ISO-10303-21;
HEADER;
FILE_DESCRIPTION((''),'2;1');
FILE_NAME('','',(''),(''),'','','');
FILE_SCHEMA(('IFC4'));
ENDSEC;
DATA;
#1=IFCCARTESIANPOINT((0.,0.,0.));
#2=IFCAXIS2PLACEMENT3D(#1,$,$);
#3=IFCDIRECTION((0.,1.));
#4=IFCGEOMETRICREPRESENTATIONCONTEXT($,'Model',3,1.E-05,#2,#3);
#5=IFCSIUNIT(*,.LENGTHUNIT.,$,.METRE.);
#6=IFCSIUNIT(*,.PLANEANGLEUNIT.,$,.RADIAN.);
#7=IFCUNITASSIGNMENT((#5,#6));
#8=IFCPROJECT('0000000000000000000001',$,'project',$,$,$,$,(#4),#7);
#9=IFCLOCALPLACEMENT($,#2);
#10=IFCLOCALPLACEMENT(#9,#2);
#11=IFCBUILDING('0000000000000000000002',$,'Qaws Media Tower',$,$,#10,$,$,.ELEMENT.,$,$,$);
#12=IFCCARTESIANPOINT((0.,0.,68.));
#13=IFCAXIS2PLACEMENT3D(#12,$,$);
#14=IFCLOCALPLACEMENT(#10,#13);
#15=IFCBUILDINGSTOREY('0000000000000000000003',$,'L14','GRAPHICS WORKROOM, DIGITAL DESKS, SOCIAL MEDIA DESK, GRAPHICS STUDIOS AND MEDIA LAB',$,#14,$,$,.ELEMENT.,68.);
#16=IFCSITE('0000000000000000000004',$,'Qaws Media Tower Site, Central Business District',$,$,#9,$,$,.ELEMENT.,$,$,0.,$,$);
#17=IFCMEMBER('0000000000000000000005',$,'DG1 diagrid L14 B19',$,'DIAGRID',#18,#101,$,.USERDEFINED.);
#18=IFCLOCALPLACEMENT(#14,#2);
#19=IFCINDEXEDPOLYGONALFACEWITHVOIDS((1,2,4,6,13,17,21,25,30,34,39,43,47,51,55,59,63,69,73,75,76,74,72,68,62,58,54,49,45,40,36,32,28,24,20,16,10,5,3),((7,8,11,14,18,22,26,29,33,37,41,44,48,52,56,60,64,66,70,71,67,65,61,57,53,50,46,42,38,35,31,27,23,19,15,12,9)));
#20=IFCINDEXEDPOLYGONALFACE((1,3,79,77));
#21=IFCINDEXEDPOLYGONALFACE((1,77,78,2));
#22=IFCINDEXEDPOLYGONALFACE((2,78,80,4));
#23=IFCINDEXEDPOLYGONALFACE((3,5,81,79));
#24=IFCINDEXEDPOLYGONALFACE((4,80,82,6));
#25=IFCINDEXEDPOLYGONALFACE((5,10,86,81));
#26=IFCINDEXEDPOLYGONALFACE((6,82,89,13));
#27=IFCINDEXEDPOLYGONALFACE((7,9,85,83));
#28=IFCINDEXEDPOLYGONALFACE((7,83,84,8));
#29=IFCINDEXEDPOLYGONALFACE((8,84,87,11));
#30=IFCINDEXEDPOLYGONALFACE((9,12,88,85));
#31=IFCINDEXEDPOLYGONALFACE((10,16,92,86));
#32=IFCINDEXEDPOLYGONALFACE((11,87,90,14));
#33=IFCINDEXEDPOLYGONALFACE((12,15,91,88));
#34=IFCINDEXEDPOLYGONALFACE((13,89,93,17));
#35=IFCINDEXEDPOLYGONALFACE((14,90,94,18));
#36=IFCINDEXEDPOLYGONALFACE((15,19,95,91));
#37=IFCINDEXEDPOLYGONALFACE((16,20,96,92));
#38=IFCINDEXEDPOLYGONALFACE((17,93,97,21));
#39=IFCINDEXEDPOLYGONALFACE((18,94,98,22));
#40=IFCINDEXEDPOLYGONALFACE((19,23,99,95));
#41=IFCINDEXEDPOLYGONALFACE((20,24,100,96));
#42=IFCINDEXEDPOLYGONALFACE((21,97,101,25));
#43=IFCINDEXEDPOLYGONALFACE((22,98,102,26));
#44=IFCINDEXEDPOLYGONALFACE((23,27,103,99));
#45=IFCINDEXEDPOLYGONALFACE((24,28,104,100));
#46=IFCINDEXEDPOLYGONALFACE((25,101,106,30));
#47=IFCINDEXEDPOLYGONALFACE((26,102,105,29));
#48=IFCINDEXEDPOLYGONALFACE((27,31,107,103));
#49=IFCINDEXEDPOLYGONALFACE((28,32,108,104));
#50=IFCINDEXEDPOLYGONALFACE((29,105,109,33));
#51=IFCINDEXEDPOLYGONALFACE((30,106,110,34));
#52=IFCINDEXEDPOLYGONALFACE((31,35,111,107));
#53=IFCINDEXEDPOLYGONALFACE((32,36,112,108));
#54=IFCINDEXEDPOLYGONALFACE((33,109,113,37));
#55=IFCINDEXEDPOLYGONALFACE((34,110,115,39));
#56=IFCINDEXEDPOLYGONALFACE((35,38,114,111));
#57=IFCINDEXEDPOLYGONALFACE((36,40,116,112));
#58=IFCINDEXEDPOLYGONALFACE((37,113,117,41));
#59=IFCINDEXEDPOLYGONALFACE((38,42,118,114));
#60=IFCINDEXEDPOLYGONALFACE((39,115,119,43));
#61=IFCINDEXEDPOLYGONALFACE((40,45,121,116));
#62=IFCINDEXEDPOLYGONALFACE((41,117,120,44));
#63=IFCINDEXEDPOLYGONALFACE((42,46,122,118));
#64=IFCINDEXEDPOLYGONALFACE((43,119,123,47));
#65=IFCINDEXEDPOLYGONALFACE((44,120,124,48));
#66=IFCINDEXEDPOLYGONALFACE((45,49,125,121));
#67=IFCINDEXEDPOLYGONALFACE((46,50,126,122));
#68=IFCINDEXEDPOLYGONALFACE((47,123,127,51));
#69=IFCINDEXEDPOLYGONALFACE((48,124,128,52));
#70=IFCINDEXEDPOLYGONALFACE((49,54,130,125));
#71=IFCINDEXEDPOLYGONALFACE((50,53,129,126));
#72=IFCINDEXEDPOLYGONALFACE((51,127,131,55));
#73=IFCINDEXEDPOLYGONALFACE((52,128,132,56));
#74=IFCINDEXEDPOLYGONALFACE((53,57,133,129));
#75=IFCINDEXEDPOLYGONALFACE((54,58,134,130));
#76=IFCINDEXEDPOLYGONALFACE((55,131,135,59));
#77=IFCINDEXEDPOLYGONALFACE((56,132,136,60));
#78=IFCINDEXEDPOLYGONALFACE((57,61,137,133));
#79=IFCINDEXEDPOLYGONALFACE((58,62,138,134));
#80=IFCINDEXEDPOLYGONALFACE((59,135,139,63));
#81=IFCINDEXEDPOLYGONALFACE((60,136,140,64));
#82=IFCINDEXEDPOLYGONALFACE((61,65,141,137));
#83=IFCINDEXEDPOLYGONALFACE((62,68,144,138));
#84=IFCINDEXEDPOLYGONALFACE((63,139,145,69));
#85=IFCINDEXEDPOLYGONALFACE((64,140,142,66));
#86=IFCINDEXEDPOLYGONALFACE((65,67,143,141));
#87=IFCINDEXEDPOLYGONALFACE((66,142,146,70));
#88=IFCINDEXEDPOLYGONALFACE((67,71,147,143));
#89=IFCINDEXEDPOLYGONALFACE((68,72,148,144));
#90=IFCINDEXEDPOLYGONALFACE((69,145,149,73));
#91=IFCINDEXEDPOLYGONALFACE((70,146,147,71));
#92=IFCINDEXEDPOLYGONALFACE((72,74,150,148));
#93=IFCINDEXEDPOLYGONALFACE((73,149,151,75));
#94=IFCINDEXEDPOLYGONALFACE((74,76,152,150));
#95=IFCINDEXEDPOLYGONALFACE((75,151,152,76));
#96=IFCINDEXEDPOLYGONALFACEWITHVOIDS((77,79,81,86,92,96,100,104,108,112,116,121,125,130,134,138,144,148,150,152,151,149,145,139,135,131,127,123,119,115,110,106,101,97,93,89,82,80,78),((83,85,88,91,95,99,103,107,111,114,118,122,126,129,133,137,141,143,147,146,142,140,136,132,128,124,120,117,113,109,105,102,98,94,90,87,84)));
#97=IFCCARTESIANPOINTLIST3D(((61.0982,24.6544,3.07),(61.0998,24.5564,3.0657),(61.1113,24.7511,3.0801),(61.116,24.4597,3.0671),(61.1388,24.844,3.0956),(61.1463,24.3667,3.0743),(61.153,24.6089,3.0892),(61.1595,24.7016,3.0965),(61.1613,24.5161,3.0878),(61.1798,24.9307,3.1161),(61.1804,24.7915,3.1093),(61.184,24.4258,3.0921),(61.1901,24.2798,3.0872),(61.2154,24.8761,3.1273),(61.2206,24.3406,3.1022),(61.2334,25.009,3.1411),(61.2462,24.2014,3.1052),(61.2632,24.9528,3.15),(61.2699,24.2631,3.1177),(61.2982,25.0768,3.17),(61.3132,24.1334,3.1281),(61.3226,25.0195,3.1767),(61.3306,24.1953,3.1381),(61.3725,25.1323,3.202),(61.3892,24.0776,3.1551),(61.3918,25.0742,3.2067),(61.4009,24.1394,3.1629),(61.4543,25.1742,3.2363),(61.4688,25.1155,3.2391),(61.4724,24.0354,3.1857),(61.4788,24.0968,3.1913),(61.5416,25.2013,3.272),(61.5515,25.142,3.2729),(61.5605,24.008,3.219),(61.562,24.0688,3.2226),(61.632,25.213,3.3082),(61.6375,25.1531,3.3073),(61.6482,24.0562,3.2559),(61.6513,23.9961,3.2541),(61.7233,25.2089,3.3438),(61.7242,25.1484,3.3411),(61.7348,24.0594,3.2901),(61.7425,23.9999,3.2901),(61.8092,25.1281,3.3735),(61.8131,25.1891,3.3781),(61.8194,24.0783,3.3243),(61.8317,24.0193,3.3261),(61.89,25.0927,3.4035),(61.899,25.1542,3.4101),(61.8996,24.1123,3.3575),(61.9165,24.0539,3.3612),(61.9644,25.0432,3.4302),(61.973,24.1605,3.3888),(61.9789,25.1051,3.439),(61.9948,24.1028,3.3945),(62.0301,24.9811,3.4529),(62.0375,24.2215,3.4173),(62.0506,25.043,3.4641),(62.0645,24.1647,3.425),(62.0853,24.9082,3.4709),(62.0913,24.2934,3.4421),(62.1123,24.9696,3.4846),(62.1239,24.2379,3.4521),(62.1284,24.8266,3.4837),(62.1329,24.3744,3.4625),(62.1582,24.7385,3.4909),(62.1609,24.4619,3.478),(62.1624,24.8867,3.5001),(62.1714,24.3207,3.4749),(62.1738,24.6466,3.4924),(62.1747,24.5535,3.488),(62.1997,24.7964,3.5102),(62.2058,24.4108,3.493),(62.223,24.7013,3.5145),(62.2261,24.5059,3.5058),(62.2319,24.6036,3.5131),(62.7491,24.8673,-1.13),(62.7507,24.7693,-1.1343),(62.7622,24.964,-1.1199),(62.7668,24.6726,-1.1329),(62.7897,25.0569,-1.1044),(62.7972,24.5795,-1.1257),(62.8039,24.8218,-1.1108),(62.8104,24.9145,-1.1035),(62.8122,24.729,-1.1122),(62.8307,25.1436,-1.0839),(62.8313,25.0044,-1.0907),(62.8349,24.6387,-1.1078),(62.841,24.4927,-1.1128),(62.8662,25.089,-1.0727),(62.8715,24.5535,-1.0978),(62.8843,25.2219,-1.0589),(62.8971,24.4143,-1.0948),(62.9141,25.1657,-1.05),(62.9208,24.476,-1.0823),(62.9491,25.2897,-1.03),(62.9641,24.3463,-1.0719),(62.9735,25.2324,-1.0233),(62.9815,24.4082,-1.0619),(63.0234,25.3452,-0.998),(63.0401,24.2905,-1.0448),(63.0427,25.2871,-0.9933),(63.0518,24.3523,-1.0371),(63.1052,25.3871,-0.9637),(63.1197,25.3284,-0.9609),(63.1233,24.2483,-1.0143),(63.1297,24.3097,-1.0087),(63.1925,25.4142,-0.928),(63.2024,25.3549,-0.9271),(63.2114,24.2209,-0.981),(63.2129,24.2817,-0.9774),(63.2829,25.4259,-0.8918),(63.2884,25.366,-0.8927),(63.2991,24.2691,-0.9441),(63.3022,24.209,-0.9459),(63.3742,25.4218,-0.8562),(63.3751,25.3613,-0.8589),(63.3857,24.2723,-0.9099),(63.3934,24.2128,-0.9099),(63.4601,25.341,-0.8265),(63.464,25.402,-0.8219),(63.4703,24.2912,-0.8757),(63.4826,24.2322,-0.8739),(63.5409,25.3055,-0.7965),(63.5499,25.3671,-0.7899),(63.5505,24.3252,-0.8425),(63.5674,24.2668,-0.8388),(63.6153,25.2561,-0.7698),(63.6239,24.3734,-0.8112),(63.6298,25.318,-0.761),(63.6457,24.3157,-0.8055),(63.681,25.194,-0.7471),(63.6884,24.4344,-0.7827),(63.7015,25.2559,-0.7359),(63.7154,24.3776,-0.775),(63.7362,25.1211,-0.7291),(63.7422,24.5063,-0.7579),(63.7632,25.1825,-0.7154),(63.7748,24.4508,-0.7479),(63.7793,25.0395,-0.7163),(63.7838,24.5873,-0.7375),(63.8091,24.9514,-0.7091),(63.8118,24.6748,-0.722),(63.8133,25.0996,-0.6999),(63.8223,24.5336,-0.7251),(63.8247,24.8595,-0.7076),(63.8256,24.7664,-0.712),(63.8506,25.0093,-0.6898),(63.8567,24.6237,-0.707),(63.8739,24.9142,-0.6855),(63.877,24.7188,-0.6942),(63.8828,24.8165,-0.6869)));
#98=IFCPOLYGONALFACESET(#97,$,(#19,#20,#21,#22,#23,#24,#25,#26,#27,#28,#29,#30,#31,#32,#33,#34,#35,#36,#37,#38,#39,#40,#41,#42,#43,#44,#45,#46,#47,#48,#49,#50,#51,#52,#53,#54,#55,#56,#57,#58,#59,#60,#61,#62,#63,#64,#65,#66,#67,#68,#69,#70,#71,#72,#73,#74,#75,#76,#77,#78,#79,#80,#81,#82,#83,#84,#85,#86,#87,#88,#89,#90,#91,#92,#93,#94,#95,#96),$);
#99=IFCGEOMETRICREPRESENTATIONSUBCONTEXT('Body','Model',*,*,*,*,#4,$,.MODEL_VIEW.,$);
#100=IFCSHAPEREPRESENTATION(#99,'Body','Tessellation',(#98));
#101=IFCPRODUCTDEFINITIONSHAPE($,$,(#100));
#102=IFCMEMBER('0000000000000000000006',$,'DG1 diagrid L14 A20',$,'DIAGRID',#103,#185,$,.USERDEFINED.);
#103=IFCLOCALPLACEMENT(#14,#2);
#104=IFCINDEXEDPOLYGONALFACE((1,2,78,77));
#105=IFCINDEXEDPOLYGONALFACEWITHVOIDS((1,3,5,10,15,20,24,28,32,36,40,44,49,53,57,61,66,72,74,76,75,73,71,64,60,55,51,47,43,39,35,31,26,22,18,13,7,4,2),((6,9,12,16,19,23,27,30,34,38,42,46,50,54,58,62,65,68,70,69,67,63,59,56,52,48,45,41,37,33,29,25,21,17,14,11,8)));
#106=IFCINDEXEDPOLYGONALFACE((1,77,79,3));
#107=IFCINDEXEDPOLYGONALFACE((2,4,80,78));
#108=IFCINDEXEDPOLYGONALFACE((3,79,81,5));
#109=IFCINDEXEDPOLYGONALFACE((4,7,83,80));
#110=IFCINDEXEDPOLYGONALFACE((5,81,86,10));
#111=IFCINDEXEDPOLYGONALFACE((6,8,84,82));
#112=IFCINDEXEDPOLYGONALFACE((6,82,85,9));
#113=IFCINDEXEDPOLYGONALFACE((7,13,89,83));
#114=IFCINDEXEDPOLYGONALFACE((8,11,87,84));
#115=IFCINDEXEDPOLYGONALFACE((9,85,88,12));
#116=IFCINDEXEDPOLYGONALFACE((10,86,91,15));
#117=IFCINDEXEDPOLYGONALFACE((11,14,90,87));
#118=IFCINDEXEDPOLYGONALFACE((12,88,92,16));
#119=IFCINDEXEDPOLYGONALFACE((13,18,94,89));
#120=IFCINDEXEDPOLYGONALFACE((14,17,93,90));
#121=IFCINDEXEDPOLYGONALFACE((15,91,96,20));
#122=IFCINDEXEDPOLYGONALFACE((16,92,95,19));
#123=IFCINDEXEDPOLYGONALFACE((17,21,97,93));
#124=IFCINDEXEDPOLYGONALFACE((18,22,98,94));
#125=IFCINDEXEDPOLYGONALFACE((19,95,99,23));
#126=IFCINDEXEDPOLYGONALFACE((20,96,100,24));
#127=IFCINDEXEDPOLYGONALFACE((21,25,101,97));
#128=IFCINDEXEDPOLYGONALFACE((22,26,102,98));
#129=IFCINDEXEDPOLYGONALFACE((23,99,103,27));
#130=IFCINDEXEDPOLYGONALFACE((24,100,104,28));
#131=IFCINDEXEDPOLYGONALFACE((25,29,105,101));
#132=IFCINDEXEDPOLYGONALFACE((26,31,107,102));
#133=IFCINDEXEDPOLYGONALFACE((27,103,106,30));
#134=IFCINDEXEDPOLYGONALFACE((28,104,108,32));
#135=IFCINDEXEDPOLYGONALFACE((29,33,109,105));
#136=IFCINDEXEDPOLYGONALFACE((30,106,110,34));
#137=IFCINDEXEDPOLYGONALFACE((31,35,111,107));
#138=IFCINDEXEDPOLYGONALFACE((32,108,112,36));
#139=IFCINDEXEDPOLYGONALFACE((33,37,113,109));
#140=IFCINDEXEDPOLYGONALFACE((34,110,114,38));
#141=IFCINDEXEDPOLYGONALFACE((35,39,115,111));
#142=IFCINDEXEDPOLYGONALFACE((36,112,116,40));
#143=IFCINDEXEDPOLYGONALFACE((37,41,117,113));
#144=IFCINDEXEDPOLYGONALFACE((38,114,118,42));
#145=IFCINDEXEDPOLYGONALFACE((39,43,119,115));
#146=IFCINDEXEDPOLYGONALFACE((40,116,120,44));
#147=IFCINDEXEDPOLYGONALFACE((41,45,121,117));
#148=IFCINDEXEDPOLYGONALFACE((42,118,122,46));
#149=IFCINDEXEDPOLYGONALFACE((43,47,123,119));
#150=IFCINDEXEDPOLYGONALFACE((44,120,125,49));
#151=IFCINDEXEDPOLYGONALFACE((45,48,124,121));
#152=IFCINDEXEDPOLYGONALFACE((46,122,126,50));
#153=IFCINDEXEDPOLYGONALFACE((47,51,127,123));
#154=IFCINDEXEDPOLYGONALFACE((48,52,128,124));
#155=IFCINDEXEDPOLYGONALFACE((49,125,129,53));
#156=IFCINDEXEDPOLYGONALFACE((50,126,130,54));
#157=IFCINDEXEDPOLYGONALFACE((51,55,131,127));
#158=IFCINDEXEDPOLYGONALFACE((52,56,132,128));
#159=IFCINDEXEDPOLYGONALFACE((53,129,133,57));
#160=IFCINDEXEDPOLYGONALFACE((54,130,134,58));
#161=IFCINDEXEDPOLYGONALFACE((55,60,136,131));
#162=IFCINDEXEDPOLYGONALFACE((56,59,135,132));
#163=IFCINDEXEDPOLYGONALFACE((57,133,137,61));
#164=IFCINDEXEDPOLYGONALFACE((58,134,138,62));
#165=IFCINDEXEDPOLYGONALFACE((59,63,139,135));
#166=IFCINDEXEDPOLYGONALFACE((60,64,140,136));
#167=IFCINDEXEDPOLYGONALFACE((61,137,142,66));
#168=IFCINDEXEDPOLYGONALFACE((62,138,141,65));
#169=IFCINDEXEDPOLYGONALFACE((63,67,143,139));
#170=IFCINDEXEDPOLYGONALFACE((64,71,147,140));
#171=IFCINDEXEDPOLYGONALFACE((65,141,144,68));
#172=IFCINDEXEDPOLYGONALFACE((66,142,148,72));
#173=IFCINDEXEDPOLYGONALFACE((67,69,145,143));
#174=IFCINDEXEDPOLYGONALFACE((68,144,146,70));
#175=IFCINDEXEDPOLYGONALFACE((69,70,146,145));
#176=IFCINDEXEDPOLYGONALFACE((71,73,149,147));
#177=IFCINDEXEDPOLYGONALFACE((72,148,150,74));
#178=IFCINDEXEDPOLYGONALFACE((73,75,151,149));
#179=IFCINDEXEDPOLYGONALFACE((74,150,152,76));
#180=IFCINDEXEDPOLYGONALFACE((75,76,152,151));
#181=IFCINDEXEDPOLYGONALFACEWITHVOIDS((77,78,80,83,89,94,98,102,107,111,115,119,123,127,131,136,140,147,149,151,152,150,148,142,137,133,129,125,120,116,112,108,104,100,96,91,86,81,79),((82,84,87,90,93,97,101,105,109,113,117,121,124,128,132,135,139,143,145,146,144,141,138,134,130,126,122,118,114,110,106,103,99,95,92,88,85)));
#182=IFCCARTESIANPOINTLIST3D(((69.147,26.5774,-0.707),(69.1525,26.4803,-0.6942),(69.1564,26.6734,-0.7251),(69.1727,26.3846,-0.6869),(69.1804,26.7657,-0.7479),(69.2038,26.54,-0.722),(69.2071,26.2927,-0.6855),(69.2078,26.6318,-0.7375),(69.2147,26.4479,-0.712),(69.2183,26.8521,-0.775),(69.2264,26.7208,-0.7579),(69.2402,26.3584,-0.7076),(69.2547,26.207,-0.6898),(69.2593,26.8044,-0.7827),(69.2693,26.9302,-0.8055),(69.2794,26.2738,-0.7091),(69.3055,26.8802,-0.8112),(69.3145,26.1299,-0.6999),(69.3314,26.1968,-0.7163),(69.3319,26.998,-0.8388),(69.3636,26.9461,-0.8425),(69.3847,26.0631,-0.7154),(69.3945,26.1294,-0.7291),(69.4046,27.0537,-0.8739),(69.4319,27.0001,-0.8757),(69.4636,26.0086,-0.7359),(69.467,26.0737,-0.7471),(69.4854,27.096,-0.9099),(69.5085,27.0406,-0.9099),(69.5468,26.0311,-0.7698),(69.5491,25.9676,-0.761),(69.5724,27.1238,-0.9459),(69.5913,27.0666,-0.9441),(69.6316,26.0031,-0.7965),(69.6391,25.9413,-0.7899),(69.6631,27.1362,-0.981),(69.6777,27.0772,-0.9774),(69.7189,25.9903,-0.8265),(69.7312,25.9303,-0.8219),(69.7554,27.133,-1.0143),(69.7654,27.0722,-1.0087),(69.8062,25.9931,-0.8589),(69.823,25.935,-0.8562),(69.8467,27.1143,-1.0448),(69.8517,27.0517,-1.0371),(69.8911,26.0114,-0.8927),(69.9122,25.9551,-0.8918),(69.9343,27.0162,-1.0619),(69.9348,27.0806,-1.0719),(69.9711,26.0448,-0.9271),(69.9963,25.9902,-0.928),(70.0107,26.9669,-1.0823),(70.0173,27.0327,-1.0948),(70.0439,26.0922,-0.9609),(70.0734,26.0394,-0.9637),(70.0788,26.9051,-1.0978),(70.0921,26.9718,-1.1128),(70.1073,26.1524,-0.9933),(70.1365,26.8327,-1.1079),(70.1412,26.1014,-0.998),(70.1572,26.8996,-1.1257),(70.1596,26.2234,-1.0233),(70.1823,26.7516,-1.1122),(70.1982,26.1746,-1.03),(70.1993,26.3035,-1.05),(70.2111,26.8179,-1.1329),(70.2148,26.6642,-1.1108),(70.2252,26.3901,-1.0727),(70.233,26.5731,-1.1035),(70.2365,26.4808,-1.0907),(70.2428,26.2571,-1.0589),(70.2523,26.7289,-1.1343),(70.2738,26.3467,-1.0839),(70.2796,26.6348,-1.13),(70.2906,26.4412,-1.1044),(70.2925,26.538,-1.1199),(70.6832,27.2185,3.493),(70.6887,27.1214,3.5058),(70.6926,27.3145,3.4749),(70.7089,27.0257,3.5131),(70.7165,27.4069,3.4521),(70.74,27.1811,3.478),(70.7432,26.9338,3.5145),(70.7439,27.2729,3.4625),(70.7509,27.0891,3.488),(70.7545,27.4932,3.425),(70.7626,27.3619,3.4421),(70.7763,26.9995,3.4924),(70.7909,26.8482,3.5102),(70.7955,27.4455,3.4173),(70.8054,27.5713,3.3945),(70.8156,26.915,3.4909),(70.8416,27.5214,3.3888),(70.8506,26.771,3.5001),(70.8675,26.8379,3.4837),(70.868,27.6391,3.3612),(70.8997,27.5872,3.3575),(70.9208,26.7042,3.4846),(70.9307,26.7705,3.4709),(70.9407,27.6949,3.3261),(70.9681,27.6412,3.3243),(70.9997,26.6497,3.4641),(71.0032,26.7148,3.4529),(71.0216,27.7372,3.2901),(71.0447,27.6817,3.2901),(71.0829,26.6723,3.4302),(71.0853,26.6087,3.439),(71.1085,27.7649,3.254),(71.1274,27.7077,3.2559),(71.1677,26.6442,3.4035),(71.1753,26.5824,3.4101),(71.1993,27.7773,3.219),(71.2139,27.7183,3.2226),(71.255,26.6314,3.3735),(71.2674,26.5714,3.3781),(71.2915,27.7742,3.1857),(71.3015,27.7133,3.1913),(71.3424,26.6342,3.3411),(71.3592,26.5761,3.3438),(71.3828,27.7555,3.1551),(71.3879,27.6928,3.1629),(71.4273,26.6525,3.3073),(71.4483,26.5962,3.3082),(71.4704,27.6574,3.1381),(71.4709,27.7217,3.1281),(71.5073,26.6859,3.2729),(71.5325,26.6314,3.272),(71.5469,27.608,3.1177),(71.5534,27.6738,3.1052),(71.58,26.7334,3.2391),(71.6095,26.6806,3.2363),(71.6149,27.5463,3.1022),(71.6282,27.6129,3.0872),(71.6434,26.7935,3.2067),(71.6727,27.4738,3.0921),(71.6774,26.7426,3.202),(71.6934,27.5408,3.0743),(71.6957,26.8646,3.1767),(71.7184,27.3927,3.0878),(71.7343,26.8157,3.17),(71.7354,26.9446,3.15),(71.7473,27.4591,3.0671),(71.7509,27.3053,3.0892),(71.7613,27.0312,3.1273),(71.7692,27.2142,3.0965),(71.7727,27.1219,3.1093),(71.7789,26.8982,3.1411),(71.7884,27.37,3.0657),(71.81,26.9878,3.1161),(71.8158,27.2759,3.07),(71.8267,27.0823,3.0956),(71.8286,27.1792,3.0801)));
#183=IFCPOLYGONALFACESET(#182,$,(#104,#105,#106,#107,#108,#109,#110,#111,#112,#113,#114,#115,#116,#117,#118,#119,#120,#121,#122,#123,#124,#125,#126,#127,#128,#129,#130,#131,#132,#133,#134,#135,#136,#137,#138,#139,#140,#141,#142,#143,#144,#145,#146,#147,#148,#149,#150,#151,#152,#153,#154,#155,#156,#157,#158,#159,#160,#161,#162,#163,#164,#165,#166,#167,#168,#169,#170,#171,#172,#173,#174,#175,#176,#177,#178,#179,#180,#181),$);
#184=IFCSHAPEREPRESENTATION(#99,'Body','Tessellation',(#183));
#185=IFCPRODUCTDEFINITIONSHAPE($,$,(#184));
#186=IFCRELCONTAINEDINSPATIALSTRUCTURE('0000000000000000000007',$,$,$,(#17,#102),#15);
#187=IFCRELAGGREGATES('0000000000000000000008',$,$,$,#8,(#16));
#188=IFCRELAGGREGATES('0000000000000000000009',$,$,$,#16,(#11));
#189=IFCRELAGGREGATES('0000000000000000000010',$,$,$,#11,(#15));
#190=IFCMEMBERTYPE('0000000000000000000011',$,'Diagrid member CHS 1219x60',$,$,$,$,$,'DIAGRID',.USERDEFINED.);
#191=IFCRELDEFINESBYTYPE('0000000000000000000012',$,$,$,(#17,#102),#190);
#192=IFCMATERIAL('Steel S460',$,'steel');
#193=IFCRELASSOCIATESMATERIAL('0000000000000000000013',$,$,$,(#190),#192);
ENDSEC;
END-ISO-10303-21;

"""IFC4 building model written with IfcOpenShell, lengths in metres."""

from ifc_helpers import new_model, si_unit, direction, frame, origin, origin_2d, place, context, subcontext, project, spatial, hollow_circle, extrude, material, material_profile, profile_set, type_object, element, save


model = new_model("IFC4")

# Units and contexts
model_context = context("Model", 3, precision=1e-05, world=origin(), true_north=direction((0.0, 1.0)))
body_context = subcontext(model_context, "Body", "Model", "MODEL_VIEW")
ifc_project = project(units=[si_unit("LENGTHUNIT", "METRE"), si_unit("PLANEANGLEUNIT", "RADIAN")], contexts=[model_context])

# Site, building, storey
site_placement = place(None, origin())
site = spatial("IfcSite", under=ifc_project, at=site_placement, Name="Qaws Media Tower Site, Central Business District", CompositionType="ELEMENT", RefElevation=0.0)
building_placement = place(site_placement, origin())
building = spatial("IfcBuilding", under=site, at=building_placement, Name="Qaws Media Tower", CompositionType="ELEMENT")
storey_placement = place(building_placement, frame((0.0, 0.0, 68.0)))
storey = spatial("IfcBuildingStorey", under=building, at=storey_placement, Name="L14", Description="GRAPHICS WORKROOM, DIGITAL DESKS, SOCIAL MEDIA DESK, GRAPHICS STUDIOS AND MEDIA LAB", CompositionType="ELEMENT", Elevation=68.0)

# Members
ifc_material_1 = material(Name="Steel S460", Category="steel")
ifc_material_profile_1 = material_profile(ifc_material_1, hollow_circle(Radius=0.6096, WallThickness=0.0601, at=origin_2d()), Name="CHS 1219x60")
ifc_profile_set_1 = profile_set([ifc_material_profile_1], Name="Steel S460")
member_type_1 = type_object("IfcMemberType", Name="Diagrid member CHS 1219x60", ElementType="DIAGRID", PredefinedType="USERDEFINED", material=ifc_profile_set_1)
for number, where, z_axis, x_axis, name in (
    (1, (63.3154, 24.8174, -0.9099), (-0.365418, -0.047123, 0.92965), (0.127897, -0.991787, 0.0), "DG1 diagrid L14 B19"),
    (2, (69.7202, 26.5334, -0.9099), (0.34002, 0.141909, 0.92965), (-0.385157, 0.922851, 0.0), "DG1 diagrid L14 A20"),
):
    element("IfcMember", number, at=place(storey_placement, frame(where, z_axis=z_axis, x_axis=x_axis)), inside=storey, type_object=member_type_1, Name=name, ObjectType="DIAGRID", PredefinedType="USERDEFINED", context=body_context, shape_type="SweptSolid", body=[
        extrude(hollow_circle(Radius=0.6096, WallThickness=0.0601, at=origin_2d()), origin(), (0.0, 0.0, 1.0), 4.5178),
    ])

save(model, "model.ifc")
